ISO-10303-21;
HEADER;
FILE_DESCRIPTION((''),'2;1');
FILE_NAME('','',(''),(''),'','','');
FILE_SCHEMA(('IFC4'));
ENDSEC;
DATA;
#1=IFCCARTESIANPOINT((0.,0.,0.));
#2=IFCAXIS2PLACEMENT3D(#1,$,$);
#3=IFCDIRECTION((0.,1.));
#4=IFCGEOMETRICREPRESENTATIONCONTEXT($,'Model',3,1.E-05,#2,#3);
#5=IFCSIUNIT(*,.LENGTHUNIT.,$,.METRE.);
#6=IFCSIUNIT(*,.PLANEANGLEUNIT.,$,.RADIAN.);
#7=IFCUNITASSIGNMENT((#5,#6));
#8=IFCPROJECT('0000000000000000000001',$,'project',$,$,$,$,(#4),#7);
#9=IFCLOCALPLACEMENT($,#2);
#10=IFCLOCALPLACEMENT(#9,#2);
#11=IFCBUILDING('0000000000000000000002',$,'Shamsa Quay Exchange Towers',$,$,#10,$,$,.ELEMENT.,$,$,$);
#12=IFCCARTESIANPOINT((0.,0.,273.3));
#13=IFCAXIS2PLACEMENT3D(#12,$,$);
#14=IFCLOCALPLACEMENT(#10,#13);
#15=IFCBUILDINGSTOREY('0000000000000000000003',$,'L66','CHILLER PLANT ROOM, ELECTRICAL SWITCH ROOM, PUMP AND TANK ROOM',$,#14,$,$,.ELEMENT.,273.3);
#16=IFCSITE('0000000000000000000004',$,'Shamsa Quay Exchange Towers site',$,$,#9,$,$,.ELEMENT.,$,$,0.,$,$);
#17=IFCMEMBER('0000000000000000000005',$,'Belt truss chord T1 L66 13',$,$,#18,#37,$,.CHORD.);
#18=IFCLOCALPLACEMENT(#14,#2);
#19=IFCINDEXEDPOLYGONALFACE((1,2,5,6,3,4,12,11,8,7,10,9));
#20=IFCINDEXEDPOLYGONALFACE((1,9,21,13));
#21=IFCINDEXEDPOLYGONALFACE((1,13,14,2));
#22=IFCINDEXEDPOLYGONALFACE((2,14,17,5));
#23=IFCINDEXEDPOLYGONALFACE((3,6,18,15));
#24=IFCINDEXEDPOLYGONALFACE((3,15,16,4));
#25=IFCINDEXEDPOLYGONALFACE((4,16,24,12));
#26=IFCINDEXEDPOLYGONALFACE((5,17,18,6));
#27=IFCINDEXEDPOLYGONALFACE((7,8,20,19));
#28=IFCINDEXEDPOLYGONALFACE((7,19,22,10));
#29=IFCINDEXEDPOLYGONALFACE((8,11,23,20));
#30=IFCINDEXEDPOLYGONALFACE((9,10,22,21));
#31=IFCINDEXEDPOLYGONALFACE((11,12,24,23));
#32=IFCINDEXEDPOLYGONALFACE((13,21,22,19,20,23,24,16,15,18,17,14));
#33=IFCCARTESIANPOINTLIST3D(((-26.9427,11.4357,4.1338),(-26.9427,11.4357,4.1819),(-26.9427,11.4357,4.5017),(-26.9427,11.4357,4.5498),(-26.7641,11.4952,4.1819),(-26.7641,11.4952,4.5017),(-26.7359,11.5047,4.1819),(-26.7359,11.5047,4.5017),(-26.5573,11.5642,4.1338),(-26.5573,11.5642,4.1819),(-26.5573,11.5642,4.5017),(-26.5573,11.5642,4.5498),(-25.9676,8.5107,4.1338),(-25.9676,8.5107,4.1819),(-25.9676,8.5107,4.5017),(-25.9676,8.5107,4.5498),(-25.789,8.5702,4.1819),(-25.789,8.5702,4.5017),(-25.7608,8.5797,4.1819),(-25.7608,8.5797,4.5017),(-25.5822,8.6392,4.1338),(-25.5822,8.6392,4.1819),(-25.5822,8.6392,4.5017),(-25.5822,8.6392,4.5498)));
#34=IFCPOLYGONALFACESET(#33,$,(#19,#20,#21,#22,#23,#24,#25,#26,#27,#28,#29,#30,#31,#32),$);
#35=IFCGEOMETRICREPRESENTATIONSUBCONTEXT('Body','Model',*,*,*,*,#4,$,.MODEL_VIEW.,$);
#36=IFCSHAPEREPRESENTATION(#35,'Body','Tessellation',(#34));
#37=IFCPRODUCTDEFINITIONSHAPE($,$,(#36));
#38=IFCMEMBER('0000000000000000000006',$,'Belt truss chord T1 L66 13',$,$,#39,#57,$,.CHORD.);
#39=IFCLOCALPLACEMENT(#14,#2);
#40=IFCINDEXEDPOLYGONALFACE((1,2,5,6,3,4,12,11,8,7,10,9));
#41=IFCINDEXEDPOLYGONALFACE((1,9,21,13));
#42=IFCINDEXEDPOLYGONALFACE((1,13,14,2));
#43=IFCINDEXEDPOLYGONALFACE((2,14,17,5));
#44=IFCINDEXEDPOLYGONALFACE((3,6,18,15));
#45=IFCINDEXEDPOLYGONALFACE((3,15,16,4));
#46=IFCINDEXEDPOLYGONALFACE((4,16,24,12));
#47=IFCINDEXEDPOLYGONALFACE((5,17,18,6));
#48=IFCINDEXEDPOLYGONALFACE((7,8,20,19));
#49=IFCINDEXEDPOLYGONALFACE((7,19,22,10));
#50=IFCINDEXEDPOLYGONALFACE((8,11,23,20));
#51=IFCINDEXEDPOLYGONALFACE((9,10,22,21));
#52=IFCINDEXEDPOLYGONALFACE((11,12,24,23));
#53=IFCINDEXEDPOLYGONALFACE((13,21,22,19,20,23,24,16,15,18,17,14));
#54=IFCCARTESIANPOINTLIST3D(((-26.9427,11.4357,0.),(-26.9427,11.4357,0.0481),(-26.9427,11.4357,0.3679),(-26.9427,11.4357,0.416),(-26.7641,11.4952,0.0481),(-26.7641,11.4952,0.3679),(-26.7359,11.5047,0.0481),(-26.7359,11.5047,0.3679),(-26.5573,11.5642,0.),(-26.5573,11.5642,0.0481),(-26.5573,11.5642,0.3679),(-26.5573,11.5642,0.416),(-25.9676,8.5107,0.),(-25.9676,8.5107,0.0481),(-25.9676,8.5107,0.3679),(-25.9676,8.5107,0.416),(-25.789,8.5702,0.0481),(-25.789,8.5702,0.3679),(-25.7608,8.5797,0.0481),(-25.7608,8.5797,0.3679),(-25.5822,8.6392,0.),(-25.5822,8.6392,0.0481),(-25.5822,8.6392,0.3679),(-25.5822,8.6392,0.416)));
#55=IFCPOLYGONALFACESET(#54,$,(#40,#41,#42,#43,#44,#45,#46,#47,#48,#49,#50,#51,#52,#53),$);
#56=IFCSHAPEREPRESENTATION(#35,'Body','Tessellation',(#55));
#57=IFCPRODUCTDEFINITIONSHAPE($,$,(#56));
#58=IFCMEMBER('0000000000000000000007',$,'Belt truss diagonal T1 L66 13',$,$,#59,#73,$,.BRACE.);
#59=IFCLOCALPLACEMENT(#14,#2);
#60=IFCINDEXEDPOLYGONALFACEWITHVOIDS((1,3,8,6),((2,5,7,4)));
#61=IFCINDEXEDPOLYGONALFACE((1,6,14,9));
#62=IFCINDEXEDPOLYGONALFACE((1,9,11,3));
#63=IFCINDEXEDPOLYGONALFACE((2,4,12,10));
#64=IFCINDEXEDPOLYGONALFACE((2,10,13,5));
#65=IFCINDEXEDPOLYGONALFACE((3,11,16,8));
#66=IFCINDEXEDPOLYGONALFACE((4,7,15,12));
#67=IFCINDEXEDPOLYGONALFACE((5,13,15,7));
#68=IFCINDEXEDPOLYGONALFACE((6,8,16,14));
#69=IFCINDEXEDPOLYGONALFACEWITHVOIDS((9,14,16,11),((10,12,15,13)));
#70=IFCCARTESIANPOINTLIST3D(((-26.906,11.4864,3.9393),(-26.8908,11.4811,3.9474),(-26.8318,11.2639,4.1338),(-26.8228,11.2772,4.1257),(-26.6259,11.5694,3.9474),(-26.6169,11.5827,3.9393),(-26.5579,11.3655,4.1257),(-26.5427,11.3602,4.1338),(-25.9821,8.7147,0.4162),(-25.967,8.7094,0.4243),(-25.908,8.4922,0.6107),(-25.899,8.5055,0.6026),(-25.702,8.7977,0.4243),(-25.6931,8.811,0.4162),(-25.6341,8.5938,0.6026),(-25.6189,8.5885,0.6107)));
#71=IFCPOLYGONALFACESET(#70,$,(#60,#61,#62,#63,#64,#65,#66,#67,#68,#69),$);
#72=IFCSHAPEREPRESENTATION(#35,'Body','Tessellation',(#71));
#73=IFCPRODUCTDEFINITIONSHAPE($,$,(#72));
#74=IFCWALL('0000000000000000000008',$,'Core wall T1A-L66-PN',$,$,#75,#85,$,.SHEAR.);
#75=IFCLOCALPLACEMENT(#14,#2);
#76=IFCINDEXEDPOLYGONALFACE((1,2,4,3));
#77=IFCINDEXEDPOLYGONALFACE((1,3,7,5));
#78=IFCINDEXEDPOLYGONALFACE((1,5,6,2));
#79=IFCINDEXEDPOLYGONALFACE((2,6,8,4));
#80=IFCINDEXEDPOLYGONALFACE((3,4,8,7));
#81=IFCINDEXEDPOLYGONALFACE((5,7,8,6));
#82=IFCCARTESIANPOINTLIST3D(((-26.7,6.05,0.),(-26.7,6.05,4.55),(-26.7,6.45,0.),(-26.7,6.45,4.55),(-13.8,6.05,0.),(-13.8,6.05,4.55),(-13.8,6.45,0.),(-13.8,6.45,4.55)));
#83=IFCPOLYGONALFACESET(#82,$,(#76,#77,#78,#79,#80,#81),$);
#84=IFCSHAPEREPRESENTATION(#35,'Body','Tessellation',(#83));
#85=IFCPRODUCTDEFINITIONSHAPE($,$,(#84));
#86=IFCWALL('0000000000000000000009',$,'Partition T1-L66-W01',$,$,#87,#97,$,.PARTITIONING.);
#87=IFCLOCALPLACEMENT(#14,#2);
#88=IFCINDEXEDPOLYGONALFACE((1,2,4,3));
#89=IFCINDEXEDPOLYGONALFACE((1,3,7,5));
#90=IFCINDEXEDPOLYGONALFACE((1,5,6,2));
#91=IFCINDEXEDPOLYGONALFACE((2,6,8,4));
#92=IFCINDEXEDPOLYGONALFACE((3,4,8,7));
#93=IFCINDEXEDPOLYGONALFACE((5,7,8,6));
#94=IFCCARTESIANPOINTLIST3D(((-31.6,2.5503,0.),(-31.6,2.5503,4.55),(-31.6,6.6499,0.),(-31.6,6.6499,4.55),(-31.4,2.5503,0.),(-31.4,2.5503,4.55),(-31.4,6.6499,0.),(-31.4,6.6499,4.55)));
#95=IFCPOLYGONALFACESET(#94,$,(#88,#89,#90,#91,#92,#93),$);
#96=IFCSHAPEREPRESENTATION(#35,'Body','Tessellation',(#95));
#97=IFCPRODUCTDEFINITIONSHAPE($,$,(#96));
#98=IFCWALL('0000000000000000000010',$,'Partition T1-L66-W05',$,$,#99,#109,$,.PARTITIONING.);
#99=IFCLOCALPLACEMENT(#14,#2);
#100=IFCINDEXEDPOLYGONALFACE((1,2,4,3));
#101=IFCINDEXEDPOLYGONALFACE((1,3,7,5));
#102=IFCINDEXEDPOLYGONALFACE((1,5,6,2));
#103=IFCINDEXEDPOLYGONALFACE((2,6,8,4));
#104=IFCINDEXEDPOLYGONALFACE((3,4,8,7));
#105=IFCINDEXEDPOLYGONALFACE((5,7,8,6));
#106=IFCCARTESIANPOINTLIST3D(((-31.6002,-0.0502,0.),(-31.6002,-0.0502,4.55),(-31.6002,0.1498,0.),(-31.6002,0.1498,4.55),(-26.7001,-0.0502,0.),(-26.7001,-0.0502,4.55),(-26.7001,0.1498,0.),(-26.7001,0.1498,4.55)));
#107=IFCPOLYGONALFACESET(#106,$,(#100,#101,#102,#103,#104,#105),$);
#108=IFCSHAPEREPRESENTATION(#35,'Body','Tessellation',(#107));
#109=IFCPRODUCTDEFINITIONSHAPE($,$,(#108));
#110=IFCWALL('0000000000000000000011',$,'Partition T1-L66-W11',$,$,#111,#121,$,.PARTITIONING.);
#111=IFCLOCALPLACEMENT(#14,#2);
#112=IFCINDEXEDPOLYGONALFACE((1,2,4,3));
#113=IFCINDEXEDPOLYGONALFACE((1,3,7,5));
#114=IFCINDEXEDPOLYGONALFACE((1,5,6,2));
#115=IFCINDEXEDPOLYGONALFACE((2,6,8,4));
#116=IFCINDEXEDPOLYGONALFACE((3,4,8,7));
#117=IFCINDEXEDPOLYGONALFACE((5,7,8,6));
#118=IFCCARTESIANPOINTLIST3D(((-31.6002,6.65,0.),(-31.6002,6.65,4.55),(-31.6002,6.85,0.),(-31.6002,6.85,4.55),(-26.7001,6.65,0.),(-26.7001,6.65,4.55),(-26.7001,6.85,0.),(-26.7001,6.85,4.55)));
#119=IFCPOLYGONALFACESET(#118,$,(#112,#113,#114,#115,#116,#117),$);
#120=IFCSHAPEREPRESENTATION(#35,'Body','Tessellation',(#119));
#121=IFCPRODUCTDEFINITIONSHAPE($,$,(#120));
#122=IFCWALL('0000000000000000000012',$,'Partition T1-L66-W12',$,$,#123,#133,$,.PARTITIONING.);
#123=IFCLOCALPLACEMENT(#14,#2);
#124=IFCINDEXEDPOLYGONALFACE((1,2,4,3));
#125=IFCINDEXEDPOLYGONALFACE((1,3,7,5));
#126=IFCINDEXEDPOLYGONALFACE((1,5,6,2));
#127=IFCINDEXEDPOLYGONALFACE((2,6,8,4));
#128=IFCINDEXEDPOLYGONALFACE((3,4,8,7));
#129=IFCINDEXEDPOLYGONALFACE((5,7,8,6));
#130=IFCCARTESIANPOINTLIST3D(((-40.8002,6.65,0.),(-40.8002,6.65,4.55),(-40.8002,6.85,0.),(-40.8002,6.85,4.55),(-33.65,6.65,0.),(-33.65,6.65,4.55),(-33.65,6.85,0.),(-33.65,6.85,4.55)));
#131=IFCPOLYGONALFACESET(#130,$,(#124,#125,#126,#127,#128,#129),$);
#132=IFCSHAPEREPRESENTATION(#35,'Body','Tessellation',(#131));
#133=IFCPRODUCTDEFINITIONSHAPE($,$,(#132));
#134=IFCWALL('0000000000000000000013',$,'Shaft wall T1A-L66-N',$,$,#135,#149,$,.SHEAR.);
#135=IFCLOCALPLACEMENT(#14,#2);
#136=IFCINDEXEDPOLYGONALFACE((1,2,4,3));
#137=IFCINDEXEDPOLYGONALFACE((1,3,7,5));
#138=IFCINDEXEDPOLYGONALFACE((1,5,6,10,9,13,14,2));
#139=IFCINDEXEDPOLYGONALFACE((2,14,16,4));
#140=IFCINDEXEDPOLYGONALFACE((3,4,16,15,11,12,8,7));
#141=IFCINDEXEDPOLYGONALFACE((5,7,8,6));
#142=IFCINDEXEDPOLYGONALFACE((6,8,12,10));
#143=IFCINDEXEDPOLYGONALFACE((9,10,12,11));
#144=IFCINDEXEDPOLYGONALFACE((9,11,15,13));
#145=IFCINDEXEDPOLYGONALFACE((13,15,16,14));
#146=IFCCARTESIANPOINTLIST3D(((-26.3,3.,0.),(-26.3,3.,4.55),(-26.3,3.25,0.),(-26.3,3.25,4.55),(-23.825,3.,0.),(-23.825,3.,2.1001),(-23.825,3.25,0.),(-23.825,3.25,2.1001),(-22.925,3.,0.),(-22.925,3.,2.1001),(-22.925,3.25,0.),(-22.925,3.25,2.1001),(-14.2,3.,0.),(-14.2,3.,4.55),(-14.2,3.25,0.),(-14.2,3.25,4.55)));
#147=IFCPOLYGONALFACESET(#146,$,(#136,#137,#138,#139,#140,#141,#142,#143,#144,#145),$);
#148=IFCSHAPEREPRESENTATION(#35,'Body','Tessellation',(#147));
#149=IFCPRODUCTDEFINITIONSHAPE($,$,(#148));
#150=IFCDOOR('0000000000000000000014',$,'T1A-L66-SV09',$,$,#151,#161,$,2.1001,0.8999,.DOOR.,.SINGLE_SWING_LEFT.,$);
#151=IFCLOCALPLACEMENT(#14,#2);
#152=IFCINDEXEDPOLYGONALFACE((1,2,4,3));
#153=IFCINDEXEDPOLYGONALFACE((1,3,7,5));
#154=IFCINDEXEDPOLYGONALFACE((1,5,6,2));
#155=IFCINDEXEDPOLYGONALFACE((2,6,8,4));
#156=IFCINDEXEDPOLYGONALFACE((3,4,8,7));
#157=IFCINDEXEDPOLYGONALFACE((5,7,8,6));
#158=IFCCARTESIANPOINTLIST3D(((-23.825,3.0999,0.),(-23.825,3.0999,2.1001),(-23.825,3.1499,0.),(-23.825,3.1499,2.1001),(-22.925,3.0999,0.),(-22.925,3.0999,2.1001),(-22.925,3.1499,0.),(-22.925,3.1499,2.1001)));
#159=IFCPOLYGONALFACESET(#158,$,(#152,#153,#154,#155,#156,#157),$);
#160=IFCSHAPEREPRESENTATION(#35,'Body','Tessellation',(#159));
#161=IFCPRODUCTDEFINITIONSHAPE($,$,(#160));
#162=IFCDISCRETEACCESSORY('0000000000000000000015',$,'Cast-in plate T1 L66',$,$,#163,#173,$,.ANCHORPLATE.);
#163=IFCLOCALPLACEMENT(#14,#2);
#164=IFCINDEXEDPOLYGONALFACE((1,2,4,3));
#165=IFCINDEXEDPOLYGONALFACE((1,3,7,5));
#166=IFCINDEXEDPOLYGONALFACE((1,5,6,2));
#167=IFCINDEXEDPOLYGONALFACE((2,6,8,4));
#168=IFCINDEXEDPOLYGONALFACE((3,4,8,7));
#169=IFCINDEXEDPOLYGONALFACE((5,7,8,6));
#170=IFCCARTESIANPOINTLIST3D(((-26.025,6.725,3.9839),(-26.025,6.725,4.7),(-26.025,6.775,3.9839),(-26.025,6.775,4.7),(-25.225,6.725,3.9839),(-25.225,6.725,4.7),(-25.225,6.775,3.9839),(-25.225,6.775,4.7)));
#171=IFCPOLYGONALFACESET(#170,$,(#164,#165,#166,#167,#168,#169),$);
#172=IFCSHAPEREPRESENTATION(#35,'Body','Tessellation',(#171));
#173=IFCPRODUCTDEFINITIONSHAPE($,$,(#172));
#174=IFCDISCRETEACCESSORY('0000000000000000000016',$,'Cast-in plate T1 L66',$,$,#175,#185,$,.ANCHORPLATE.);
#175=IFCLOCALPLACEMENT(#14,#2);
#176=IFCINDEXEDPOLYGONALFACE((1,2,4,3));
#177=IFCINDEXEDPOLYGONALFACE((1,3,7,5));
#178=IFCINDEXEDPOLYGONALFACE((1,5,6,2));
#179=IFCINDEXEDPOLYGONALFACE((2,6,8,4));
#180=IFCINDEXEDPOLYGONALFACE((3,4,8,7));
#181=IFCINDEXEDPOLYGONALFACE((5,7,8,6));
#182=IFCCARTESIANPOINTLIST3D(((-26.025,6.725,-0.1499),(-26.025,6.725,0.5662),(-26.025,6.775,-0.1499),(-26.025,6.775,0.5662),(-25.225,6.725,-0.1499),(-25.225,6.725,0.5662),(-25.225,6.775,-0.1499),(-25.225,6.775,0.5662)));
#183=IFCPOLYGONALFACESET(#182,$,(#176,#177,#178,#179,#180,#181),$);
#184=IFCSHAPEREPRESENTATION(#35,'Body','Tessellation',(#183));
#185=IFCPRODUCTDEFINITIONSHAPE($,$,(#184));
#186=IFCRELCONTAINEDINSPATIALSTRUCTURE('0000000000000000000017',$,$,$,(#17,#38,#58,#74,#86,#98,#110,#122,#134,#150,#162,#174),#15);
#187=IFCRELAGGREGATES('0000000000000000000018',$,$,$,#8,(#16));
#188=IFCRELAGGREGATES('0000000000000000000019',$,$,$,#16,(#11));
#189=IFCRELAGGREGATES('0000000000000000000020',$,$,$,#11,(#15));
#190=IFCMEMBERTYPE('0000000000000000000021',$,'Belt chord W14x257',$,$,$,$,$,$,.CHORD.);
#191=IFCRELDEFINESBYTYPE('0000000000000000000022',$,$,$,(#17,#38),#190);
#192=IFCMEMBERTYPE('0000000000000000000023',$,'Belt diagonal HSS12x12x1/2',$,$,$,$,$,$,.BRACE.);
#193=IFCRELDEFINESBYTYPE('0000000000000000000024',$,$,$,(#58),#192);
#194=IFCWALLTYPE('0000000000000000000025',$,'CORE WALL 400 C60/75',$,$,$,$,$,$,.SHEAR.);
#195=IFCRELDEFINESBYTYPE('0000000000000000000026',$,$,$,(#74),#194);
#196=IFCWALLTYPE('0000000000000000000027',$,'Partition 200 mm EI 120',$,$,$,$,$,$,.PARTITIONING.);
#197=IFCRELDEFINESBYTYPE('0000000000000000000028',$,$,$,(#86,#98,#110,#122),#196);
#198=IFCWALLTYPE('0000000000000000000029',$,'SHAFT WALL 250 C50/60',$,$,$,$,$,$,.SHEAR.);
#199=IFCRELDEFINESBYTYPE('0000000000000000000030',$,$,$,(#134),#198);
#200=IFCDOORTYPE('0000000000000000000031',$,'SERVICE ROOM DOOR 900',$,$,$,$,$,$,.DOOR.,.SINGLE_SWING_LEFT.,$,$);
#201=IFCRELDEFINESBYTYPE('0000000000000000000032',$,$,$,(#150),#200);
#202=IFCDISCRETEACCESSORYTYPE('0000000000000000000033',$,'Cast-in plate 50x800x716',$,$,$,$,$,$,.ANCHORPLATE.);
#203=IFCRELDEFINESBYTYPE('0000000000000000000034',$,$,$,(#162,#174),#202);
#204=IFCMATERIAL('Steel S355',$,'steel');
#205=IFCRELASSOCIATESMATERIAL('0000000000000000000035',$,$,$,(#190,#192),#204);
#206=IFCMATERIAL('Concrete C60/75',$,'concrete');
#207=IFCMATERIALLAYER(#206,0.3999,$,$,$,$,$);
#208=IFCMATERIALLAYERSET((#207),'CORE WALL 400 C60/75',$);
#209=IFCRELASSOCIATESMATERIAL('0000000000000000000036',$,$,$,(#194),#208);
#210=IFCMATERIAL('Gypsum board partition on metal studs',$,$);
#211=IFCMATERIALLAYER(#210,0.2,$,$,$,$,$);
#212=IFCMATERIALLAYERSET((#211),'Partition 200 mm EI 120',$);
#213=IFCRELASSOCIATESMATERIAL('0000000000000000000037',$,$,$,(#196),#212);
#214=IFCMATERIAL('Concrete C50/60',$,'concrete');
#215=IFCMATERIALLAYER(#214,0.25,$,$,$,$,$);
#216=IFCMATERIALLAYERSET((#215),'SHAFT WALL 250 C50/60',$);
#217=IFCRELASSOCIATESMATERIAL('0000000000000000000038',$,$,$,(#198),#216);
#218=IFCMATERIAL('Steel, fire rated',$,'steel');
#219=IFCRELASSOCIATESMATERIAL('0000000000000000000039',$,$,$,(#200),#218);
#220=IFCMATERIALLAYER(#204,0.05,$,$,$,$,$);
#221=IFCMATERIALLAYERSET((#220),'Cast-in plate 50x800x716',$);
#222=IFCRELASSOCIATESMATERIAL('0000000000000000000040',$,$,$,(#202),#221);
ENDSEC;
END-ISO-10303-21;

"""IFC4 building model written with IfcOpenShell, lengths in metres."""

from ifc_helpers import new_model, si_unit, direction, frame, frame_2d, origin, origin_2d, place, context, subcontext, project, spatial, rectangle, hollow_rectangle, i_section, extrude, material, layer, layer_set, material_profile, profile_set, type_object, element, fill, save


model = new_model("IFC4")

# Units and contexts
model_context = context("Model", 3, precision=1e-05, world=origin(), true_north=direction((0.0, 1.0)))
body_context = subcontext(model_context, "Body", "Model", "MODEL_VIEW")
ifc_project = project(units=[si_unit("LENGTHUNIT", "METRE"), si_unit("PLANEANGLEUNIT", "RADIAN")], contexts=[model_context])

# Site, building, storey
site_placement = place(None, origin())
site = spatial("IfcSite", under=ifc_project, at=site_placement, Name="Shamsa Quay Exchange Towers site", CompositionType="ELEMENT", RefElevation=0.0)
building_placement = place(site_placement, origin())
building = spatial("IfcBuilding", under=site, at=building_placement, Name="Shamsa Quay Exchange Towers", CompositionType="ELEMENT")
storey_placement = place(building_placement, frame((0.0, 0.0, 273.3)))
storey = spatial("IfcBuildingStorey", under=building, at=storey_placement, Name="L66", Description="CHILLER PLANT ROOM, ELECTRICAL SWITCH ROOM, PUMP AND TANK ROOM", CompositionType="ELEMENT", Elevation=273.3)

# Members
ifc_material_1 = material(Name="Steel S355", Category="steel")
ifc_material_profile_1 = material_profile(ifc_material_1, i_section(OverallWidth=0.4062, OverallDepth=0.416, WebThickness=0.0298, FlangeThickness=0.0481, at=origin_2d()), Name="W14x257")
ifc_profile_set_1 = profile_set([ifc_material_profile_1], Name="Steel S355")
member_type_1 = type_object("IfcMemberType", Name="Belt chord W14x257", PredefinedType="CHORD", material=ifc_profile_set_1)
for number, where, z_axis, x_axis, name in (
    (1, (-25.7749, 8.575, 4.3418), (-0.316252, 0.948675, 0.0), (-0.948675, -0.316252, 0.0), "Belt truss chord T1 L66 13"),
    (2, (-25.7749, 8.575, 0.208), (-0.316252, 0.948675, 0.0), (-0.948675, -0.316252, 0.0), "Belt truss chord T1 L66 13"),
):
    element("IfcMember", number, at=place(storey_placement, frame(where, z_axis=z_axis, x_axis=x_axis)), inside=storey, type_object=member_type_1, Name=name, PredefinedType="CHORD", context=body_context, shape_type="SweptSolid", body=[
        extrude(i_section(OverallWidth=0.4062, OverallDepth=0.416, WebThickness=0.0298, FlangeThickness=0.0481, at=origin_2d()), origin(), (0.0, 0.0, 1.0), 3.0833),
    ])
ifc_material_profile_2 = material_profile(ifc_material_1, hollow_rectangle(XDim=0.3047, YDim=0.3047, WallThickness=0.0127, at=origin_2d()), Name="HSS12x12x1/2")
ifc_profile_set_2 = profile_set([ifc_material_profile_2], Name="Steel S355")
member_type_2 = type_object("IfcMemberType", Name="Belt diagonal HSS12x12x1/2", PredefinedType="BRACE", material=ifc_profile_set_2)
member_placement = place(storey_placement, frame((-25.8005, 8.6516, 0.5134), z_axis=(-0.201842, 0.605579, 0.769762), x_axis=(-0.948692, -0.316203, 0.0)))
element("IfcMember", 3, at=member_placement, inside=storey, type_object=member_type_2, Name="Belt truss diagonal T1 L66 13", PredefinedType="BRACE", context=body_context, shape_type="SweptSolid", body=[
    extrude(hollow_rectangle(XDim=0.3047, YDim=0.3047, WallThickness=0.0127, at=origin_2d()), origin(), (0.0, 0.0, 1.0), 4.5769),
])

# Wall
ifc_material_2 = material(Name="Concrete C60/75", Category="concrete")
ifc_layer_1 = layer(ifc_material_2, 0.3999)
ifc_layer_set_1 = layer_set([ifc_layer_1], Name="CORE WALL 400 C60/75")
wall_type_1 = type_object("IfcWallType", Name="CORE WALL 400 C60/75", PredefinedType="SHEAR", material=ifc_layer_set_1)
wall_1_placement = place(storey_placement, frame((-26.7, 6.25, 0.0)))
element("IfcWall", 4, at=wall_1_placement, inside=storey, type_object=wall_type_1, Name="Core wall T1A-L66-PN", PredefinedType="SHEAR", context=body_context, shape_type="SweptSolid", body=[
    extrude(rectangle(XDim=12.8999, YDim=0.3999, at=frame_2d((6.45, 0.0))), origin(), (0.0, 0.0, 1.0), 4.55),
])

# Shared definitions
ifc_material_3 = material(Name="Steel, fire rated", Category="steel")

# Wall
ifc_material_4 = material(Name="Gypsum board partition on metal studs")
ifc_layer_2 = layer(ifc_material_4, 0.2)
ifc_layer_set_2 = layer_set([ifc_layer_2], Name="Partition 200 mm EI 120")
wall_type_2 = type_object("IfcWallType", Name="Partition 200 mm EI 120", PredefinedType="PARTITIONING", material=ifc_layer_set_2)
wall_2_placement = place(storey_placement, frame((-31.5, 6.6499, 0.0), z_axis=(0.0, 0.0, 1.0), x_axis=(0.0, -1.0, 0.0)))
element("IfcWall", 5, at=wall_2_placement, inside=storey, type_object=wall_type_2, Name="Partition T1-L66-W01", PredefinedType="PARTITIONING", context=body_context, shape_type="SweptSolid", body=[
    extrude(rectangle(XDim=4.0996, YDim=0.2, at=frame_2d((2.0498, 0.0))), origin(), (0.0, 0.0, 1.0), 4.55),
])

# Walls
for number, where, z_axis, x_axis, name in (
    (6, (-26.7, 0.0498, 0.0), (0.0, 0.0, 1.0), (-1.0, 0.0, 0.0), "Partition T1-L66-W05"),
    (7, (-26.7, 6.75, 0.0), (0.0, 0.0, 1.0), (-1.0, 0.0, 0.0), "Partition T1-L66-W11"),
):
    element("IfcWall", number, at=place(storey_placement, frame(where, z_axis=z_axis, x_axis=x_axis)), inside=storey, type_object=wall_type_2, Name=name, PredefinedType="PARTITIONING", context=body_context, shape_type="SweptSolid", body=[
        extrude(rectangle(XDim=4.9001, YDim=0.2, at=frame_2d((2.4502, 0.0))), origin(), (0.0, 0.0, 1.0), 4.55),
    ])
wall_3_placement = place(storey_placement, frame((-33.6499, 6.75, 0.0), z_axis=(0.0, 0.0, 1.0), x_axis=(-1.0, 0.0, 0.0)))
element("IfcWall", 8, at=wall_3_placement, inside=storey, type_object=wall_type_2, Name="Partition T1-L66-W12", PredefinedType="PARTITIONING", context=body_context, shape_type="SweptSolid", body=[
    extrude(rectangle(XDim=7.1501, YDim=0.2, at=frame_2d((3.5752, 0.0))), origin(), (0.0, 0.0, 1.0), 4.55),
])

# Wall, opening, door
ifc_material_5 = material(Name="Concrete C50/60", Category="concrete")
ifc_layer_3 = layer(ifc_material_5, 0.25)
ifc_layer_set_3 = layer_set([ifc_layer_3], Name="SHAFT WALL 250 C50/60")
wall_type_3 = type_object("IfcWallType", Name="SHAFT WALL 250 C50/60", PredefinedType="SHEAR", material=ifc_layer_set_3)
wall_4_placement = place(storey_placement, frame((-26.3, 3.125, 0.0)))
wall_4 = element("IfcWall", 9, at=wall_4_placement, inside=storey, type_object=wall_type_3, Name="Shaft wall T1A-L66-N", PredefinedType="SHEAR", context=body_context, shape_type="SweptSolid", body=[
    extrude(rectangle(XDim=12.1001, YDim=0.25, at=frame_2d((6.05, 0.0))), origin(), (0.0, 0.0, 1.0), 4.55),
])
opening_1_placement = place(wall_4_placement, frame((2.4751, 0.0, 0.0)))
opening_1 = element("IfcOpeningElement", 10, at=opening_1_placement, cuts=wall_4, PredefinedType="OPENING", context=body_context, shape_type="SweptSolid", body=[
    extrude(rectangle(XDim=0.8999, YDim=2.1001, at=frame_2d((0.45, 1.05))), frame((0.0, 0.135, 0.0), z_axis=(0.0, -1.0, 0.0), x_axis=(1.0, 0.0, 0.0)), (0.0, 0.0, 1.0), 0.27),
])
door_type_1 = type_object("IfcDoorType", Name="SERVICE ROOM DOOR 900", OperationType="SINGLE_SWING_LEFT", PredefinedType="DOOR", material=ifc_material_3)
door_1_placement = place(opening_1_placement, origin())
door_1 = element("IfcDoor", 11, at=door_1_placement, inside=storey, type_object=door_type_1, Name="T1A-L66-SV09", OperationType="SINGLE_SWING_LEFT", OverallHeight=2.1001, OverallWidth=0.8999, PredefinedType="DOOR", context=body_context, shape_type="SweptSolid", body=[
    extrude(rectangle(XDim=0.8999, YDim=2.1001, at=frame_2d((0.45, 1.05))), frame((0.0, 0.0249, 0.0), z_axis=(0.0, -1.0, 0.0), x_axis=(1.0, 0.0, 0.0)), (0.0, 0.0, 1.0), 0.05),
])
fill(opening_1, door_1)

# Discrete accessories
ifc_layer_4 = layer(ifc_material_1, 0.05)
ifc_layer_set_4 = layer_set([ifc_layer_4], Name="Cast-in plate 50x800x716")
discrete_accessory_type_1 = type_object("IfcDiscreteAccessoryType", Name="Cast-in plate 50x800x716", PredefinedType="ANCHORPLATE", material=ifc_layer_set_4)
for number, where, z_axis, x_axis, name in (
    (12, (-25.625, 6.75, 3.9839), (0.0, 0.0, 1.0), (0.0, -1.0, 0.0), "Cast-in plate T1 L66"),
    (13, (-25.625, 6.75, -0.1499), (0.0, 0.0, 1.0), (0.0, -1.0, 0.0), "Cast-in plate T1 L66"),
):
    element("IfcDiscreteAccessory", number, at=place(storey_placement, frame(where, z_axis=z_axis, x_axis=x_axis)), inside=storey, type_object=discrete_accessory_type_1, Name=name, PredefinedType="ANCHORPLATE", context=body_context, shape_type="SweptSolid", body=[
        extrude(rectangle(XDim=0.05, YDim=0.8, at=origin_2d()), origin(), (0.0, 0.0, 1.0), 0.7161),
    ])

save(model, "model.ifc")
